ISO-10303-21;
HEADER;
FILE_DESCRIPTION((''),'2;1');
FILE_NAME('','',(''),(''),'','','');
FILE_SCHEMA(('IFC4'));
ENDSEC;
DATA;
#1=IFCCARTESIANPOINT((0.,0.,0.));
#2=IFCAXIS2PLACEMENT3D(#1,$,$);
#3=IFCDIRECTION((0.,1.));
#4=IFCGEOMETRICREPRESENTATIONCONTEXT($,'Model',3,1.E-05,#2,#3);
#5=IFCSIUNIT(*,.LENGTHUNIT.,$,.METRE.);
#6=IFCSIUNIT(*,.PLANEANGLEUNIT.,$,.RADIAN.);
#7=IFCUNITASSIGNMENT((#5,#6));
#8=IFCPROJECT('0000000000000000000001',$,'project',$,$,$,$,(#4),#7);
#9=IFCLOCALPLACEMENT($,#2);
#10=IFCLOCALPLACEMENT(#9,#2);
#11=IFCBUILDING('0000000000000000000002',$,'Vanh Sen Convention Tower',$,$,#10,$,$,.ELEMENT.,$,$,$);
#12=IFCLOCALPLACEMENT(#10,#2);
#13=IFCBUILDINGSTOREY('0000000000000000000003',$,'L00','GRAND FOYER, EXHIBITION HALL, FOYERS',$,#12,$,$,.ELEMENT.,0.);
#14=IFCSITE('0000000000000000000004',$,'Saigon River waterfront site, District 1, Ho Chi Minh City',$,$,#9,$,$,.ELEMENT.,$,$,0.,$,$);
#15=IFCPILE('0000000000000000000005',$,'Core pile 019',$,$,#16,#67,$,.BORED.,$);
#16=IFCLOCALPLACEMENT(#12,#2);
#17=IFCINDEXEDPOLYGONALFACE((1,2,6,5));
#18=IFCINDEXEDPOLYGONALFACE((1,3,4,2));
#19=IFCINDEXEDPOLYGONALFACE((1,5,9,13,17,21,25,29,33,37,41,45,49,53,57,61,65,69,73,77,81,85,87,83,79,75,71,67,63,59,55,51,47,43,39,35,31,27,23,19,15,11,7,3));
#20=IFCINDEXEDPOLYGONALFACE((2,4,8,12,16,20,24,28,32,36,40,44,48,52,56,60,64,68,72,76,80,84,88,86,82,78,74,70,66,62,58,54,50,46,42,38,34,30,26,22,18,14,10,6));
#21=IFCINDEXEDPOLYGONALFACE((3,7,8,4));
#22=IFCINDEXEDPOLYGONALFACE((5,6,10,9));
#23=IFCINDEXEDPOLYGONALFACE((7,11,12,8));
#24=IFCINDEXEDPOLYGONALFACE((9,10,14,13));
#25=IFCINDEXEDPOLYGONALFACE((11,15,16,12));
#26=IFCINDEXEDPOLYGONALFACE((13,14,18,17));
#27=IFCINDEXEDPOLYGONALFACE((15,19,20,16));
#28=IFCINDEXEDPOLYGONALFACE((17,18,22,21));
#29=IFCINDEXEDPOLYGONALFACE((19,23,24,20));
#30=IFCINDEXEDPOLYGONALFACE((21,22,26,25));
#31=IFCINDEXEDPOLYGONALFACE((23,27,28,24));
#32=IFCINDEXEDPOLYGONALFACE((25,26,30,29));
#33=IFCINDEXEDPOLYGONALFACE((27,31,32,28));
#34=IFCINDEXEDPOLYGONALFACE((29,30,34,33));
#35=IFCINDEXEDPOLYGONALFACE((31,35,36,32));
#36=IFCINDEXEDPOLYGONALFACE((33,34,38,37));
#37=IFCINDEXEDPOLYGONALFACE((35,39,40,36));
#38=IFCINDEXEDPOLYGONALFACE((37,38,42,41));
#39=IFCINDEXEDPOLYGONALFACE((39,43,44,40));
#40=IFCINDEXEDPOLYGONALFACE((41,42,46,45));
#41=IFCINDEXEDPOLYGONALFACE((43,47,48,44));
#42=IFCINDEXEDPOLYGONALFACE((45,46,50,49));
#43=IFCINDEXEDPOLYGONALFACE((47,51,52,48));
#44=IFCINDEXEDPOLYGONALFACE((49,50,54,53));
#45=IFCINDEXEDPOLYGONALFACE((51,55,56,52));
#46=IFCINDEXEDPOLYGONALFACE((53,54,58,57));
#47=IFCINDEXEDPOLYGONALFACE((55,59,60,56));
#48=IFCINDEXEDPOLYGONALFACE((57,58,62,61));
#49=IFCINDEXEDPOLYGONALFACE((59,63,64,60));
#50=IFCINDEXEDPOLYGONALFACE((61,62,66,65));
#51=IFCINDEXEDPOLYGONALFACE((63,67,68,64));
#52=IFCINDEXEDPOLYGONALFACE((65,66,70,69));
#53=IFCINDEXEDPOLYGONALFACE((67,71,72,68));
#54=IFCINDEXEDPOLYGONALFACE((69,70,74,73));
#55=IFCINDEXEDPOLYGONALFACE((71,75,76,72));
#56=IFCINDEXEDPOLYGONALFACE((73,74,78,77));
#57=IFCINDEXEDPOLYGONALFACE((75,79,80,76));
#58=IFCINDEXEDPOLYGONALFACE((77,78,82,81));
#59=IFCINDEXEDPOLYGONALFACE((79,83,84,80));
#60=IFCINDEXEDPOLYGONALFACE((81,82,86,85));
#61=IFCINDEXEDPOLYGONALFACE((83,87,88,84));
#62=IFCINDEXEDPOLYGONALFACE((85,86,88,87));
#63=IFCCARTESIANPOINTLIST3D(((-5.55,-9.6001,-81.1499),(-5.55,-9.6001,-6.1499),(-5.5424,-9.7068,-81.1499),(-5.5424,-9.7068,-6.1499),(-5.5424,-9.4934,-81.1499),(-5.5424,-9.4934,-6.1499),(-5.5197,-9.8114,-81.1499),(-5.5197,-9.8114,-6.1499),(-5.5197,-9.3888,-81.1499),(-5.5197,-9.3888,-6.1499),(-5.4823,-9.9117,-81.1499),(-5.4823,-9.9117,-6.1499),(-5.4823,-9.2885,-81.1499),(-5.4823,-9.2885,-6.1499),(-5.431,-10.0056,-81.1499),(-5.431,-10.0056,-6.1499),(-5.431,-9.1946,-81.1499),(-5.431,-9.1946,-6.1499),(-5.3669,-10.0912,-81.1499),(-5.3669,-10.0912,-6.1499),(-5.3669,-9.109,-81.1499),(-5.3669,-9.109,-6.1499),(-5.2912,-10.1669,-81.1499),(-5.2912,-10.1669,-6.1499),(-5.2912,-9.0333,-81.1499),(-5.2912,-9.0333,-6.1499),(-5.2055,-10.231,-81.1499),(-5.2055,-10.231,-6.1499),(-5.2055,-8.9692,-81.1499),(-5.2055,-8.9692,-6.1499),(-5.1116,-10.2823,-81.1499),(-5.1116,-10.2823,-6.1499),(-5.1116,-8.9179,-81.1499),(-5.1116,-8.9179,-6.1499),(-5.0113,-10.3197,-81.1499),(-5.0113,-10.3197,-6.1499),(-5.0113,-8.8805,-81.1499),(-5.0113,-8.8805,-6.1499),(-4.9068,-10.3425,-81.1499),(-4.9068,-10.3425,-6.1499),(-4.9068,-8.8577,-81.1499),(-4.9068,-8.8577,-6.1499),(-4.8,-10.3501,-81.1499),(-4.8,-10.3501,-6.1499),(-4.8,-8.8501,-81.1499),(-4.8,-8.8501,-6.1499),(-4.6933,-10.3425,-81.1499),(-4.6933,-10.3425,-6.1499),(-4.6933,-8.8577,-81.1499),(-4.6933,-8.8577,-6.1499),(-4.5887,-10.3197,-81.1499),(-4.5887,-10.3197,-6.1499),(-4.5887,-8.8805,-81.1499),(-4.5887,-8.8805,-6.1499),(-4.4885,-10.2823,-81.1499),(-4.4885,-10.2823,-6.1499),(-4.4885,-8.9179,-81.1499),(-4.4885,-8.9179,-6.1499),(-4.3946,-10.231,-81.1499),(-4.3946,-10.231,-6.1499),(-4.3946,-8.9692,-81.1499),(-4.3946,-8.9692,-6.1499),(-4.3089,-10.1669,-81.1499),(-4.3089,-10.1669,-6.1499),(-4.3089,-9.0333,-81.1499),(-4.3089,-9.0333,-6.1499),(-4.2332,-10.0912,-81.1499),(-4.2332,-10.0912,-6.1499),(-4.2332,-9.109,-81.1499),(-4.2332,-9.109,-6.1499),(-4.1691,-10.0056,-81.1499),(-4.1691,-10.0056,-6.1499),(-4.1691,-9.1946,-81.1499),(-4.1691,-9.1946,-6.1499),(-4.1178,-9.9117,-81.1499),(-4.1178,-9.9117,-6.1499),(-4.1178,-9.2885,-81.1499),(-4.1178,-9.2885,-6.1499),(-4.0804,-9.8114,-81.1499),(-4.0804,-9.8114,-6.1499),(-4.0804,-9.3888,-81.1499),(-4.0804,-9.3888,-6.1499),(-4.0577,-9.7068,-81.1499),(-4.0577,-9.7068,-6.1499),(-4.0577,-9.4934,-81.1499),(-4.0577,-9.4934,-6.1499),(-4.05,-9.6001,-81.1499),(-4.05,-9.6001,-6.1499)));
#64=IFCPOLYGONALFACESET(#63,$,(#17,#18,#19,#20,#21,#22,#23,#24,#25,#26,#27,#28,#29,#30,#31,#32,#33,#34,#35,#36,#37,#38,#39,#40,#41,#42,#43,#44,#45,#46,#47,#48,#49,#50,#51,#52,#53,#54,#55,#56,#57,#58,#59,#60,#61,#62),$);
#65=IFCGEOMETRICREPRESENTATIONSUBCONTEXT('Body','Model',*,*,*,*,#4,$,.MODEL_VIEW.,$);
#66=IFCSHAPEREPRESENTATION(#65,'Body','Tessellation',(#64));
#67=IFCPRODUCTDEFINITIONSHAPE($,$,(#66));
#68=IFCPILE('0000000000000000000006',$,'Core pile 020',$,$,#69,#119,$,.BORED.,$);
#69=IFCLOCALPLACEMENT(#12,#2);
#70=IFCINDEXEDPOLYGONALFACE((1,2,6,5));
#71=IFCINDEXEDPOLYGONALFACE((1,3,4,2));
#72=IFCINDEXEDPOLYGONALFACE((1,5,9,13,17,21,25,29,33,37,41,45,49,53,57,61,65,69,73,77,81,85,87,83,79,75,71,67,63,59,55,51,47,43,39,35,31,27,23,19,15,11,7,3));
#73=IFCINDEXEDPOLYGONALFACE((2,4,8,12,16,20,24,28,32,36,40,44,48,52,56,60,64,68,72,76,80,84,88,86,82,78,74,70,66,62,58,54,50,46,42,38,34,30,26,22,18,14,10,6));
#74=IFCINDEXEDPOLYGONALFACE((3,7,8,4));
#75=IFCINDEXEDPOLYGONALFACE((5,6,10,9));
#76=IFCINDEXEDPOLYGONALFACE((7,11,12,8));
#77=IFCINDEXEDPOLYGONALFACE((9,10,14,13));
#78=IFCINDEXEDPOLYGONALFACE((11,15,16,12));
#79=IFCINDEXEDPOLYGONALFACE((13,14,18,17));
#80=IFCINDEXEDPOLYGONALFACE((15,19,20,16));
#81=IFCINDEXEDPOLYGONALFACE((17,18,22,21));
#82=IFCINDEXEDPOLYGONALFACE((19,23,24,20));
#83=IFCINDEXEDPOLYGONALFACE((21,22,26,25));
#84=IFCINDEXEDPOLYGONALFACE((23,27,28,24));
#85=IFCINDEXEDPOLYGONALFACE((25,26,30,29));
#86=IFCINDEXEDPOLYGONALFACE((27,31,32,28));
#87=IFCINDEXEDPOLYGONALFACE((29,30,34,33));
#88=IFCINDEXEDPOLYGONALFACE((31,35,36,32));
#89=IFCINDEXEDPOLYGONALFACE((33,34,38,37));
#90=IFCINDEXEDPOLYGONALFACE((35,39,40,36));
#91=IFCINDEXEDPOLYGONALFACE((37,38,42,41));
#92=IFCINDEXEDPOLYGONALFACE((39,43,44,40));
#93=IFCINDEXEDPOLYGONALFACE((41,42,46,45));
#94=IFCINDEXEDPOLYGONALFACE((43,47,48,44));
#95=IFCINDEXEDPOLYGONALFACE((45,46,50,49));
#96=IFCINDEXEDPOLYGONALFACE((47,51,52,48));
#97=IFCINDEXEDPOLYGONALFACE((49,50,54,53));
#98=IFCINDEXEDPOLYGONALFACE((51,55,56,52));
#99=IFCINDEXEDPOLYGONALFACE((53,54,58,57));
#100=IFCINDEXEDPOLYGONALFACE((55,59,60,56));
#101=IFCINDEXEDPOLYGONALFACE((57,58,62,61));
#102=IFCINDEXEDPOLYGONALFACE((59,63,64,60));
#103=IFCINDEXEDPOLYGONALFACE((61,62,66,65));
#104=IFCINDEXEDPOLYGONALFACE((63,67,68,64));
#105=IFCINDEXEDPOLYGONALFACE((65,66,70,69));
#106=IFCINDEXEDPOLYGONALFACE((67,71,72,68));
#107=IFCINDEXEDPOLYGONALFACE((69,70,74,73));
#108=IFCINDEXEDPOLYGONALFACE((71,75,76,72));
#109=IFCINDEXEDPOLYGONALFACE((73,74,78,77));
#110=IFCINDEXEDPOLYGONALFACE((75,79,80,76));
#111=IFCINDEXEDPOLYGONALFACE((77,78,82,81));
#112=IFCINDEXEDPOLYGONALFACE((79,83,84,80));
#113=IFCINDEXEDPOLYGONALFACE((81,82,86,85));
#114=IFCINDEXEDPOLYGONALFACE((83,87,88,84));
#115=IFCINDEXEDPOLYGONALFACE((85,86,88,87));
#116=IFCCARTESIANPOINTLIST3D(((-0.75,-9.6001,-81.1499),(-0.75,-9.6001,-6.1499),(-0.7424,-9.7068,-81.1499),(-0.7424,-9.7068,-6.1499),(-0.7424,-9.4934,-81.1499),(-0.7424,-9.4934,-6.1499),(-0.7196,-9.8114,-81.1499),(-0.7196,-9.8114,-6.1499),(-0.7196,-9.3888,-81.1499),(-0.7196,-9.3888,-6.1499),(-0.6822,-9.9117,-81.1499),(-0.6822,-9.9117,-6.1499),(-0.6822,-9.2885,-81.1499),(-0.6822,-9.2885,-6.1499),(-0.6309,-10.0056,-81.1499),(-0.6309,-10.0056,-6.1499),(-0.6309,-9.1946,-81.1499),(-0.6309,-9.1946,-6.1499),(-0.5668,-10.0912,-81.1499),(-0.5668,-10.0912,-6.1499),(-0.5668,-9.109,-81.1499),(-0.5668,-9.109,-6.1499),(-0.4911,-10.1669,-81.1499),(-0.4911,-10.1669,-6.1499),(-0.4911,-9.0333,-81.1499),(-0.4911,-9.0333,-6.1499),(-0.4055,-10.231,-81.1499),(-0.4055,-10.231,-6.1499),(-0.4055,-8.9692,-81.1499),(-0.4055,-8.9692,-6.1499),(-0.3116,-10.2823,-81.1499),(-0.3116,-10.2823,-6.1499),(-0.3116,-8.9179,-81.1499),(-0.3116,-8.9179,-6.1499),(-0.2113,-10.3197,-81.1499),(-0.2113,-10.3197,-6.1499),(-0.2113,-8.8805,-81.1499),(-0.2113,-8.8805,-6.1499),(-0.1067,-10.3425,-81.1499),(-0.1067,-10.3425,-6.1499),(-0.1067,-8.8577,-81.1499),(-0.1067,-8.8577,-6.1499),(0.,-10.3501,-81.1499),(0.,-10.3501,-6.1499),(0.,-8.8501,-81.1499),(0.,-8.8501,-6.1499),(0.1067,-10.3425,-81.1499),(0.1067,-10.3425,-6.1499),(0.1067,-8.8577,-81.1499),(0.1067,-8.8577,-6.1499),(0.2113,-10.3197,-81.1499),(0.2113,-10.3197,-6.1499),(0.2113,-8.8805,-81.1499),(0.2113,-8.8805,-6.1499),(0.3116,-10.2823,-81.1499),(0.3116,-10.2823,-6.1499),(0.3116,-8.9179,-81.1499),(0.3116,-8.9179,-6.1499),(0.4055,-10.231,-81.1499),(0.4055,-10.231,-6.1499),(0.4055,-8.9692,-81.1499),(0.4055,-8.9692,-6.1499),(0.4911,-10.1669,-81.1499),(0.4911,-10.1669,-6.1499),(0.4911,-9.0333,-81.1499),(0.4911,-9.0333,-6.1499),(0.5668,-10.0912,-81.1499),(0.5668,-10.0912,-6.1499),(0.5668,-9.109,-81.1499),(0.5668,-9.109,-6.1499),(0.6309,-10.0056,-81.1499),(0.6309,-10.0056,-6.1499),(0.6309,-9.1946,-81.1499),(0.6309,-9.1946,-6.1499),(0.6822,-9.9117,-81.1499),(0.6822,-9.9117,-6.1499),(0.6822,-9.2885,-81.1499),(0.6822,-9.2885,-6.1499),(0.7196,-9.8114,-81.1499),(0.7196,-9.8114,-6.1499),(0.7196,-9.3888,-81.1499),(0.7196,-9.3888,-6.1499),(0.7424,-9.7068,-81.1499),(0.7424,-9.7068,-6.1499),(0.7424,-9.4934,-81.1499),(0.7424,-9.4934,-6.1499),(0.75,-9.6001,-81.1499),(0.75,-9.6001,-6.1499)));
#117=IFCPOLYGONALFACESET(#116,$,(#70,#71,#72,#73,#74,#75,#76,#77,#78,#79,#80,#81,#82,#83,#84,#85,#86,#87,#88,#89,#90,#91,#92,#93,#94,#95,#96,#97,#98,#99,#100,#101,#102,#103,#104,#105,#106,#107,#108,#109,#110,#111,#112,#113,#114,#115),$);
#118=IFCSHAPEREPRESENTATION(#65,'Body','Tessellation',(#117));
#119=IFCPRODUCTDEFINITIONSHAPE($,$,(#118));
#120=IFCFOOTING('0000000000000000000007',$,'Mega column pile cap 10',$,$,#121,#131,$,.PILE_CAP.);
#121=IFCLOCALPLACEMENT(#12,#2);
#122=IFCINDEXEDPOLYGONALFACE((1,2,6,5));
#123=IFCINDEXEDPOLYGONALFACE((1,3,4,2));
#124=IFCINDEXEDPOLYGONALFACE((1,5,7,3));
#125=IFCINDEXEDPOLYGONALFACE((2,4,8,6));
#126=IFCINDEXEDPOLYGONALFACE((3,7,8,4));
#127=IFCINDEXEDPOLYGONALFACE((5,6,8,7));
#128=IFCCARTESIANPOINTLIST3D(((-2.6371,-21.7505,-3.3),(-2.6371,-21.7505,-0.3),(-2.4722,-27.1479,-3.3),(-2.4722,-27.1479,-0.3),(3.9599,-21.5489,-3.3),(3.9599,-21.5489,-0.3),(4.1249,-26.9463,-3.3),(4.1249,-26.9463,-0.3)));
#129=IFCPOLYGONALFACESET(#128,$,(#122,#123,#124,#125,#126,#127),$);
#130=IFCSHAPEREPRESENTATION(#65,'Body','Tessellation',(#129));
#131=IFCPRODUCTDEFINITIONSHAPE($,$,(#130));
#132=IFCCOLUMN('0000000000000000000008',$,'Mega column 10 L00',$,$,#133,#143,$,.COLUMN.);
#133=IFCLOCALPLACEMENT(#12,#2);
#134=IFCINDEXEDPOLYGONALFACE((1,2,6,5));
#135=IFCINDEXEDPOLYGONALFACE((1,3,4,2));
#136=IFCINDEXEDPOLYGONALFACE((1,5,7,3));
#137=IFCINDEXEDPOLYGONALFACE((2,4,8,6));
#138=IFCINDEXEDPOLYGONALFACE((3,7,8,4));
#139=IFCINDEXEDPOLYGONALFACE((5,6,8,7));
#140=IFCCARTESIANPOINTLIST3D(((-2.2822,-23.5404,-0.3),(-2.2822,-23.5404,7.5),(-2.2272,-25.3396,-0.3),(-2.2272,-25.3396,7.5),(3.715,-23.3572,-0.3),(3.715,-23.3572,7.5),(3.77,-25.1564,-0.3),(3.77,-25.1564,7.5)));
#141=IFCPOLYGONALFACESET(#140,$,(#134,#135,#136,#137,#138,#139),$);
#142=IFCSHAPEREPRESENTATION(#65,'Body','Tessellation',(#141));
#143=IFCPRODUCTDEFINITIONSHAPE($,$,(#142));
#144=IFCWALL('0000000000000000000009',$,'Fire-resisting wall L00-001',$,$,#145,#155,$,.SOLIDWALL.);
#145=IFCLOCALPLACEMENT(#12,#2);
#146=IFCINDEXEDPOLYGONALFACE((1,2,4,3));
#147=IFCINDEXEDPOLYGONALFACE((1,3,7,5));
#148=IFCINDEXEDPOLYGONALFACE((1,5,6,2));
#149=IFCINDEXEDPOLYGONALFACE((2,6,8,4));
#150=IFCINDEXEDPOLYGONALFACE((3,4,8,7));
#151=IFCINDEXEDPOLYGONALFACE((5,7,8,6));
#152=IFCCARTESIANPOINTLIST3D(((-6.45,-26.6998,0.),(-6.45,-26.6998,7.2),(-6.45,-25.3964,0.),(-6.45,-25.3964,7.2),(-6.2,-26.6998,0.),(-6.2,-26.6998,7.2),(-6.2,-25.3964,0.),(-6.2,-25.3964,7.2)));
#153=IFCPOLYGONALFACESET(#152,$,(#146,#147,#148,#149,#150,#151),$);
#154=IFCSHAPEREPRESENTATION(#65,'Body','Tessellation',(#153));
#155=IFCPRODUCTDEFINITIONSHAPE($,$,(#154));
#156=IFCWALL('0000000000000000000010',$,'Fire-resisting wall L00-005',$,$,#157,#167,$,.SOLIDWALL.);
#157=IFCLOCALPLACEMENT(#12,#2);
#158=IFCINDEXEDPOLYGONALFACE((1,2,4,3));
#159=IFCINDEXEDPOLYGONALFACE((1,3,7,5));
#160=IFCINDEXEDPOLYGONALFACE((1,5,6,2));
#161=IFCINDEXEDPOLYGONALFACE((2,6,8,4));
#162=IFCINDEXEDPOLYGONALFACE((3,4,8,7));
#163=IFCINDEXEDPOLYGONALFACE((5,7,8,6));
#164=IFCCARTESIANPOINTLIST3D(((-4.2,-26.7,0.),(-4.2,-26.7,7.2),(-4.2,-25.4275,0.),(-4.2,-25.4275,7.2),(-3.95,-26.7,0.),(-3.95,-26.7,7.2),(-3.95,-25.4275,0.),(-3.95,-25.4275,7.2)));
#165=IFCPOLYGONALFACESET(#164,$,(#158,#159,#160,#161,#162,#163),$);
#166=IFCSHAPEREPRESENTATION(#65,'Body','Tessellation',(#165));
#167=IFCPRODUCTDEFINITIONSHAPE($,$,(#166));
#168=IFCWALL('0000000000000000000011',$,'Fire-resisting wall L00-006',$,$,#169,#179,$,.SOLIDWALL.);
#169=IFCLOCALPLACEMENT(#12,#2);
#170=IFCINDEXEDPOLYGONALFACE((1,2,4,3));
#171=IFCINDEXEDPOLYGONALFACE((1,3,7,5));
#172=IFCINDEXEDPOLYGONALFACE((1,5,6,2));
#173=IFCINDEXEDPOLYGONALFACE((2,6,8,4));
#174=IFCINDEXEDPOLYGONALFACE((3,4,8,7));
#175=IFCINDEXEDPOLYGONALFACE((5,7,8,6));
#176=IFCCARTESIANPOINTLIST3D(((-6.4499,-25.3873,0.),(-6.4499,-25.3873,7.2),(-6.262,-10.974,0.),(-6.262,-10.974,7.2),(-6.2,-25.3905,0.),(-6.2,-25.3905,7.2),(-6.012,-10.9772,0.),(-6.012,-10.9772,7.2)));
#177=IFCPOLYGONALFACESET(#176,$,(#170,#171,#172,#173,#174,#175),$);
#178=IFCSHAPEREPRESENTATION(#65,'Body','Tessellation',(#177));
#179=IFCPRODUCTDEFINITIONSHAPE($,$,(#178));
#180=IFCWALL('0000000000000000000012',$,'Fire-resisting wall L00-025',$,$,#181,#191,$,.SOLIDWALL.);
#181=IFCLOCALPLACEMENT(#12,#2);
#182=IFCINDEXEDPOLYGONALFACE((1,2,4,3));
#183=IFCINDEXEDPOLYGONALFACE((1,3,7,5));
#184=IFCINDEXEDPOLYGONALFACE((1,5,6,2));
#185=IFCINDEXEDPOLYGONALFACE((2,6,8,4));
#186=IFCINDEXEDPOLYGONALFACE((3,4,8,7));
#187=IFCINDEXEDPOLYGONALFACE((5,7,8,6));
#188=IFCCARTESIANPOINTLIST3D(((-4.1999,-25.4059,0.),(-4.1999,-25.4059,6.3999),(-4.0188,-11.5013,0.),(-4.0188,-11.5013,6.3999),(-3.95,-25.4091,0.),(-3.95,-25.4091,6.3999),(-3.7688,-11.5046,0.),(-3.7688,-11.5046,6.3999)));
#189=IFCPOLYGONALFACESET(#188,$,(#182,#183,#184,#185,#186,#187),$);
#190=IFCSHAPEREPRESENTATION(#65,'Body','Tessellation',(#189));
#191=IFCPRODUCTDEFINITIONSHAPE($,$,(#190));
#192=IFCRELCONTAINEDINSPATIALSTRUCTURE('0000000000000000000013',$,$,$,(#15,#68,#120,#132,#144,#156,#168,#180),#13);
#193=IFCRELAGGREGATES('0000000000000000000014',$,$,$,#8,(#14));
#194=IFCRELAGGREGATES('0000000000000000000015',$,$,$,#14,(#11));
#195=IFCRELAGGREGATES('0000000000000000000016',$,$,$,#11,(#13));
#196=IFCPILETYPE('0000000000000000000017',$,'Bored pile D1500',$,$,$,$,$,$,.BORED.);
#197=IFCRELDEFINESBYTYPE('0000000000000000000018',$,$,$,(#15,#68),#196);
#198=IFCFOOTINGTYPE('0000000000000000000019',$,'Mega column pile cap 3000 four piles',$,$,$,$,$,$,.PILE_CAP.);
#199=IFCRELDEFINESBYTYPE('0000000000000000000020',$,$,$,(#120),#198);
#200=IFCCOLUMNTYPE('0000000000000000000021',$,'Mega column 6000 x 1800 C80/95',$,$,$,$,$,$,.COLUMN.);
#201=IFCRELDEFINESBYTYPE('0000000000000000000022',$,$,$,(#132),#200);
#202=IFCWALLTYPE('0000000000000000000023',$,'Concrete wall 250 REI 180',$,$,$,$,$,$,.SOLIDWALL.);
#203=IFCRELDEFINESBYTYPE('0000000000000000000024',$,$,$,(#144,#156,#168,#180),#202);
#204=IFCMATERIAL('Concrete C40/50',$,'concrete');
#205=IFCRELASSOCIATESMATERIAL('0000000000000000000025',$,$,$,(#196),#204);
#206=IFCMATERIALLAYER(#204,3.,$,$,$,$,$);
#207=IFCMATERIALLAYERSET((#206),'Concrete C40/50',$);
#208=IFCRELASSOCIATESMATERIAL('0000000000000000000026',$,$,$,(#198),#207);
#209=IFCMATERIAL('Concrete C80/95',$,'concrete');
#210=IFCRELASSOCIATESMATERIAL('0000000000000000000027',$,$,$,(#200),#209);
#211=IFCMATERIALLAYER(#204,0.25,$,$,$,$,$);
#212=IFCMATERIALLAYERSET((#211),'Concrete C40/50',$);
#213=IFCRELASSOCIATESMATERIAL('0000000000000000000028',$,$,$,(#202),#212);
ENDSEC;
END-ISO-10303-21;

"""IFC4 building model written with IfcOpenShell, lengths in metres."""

from ifc_helpers import new_model, si_unit, direction, frame, frame_2d, origin, origin_2d, place, context, subcontext, project, spatial, rectangle, circle, extrude, material, layer, layer_set, material_profile, profile_set, type_object, element, save


model = new_model("IFC4")

# Units and contexts
model_context = context("Model", 3, precision=1e-05, world=origin(), true_north=direction((0.0, 1.0)))
body_context = subcontext(model_context, "Body", "Model", "MODEL_VIEW")
ifc_project = project(units=[si_unit("LENGTHUNIT", "METRE"), si_unit("PLANEANGLEUNIT", "RADIAN")], contexts=[model_context])

# Site, building, storey
site_placement = place(None, origin())
site = spatial("IfcSite", under=ifc_project, at=site_placement, Name="Saigon River waterfront site, District 1, Ho Chi Minh City", CompositionType="ELEMENT", RefElevation=0.0)
building_placement = place(site_placement, origin())
building = spatial("IfcBuilding", under=site, at=building_placement, Name="Vanh Sen Convention Tower", CompositionType="ELEMENT")
storey_placement = place(building_placement, origin())
storey = spatial("IfcBuildingStorey", under=building, at=storey_placement, Name="L00", Description="GRAND FOYER, EXHIBITION HALL, FOYERS", CompositionType="ELEMENT", Elevation=0.0)

# Piles
ifc_material_1 = material(Name="Concrete C40/50", Category="concrete")
ifc_material_profile_1 = material_profile(ifc_material_1, circle(Radius=0.75, at=origin_2d()), Name="Bored pile D1500")
ifc_profile_set_1 = profile_set([ifc_material_profile_1], Name="Concrete C40/50")
pile_type_1 = type_object("IfcPileType", Name="Bored pile D1500", PredefinedType="BORED", material=ifc_profile_set_1)
for number, where, z_axis, x_axis, name in (
    (1, (-4.8, -9.6001, -6.1499), (0.0, 0.0, -1.0), (1.0, 0.0, 0.0), "Core pile 019"),
    (2, (0.0, -9.6001, -6.1499), (0.0, 0.0, -1.0), (1.0, 0.0, 0.0), "Core pile 020"),
):
    element("IfcPile", number, at=place(storey_placement, frame(where, z_axis=z_axis, x_axis=x_axis)), inside=storey, type_object=pile_type_1, Name=name, PredefinedType="BORED", context=body_context, shape_type="SweptSolid", body=[
        extrude(circle(Radius=0.75, at=origin_2d()), origin(), (0.0, 0.0, 1.0), 75.0),
    ])

# Footing
ifc_layer_1 = layer(ifc_material_1, 3.0)
ifc_layer_set_1 = layer_set([ifc_layer_1], Name="Concrete C40/50")
footing_type = type_object("IfcFootingType", Name="Mega column pile cap 3000 four piles", PredefinedType="PILE_CAP", material=ifc_layer_set_1)
footing_placement = place(storey_placement, frame((0.7439, -24.3484, -3.3), z_axis=(0.0, 0.0, 1.0), x_axis=(0.999533, 0.030542, 0.0)))
element("IfcFooting", 3, at=footing_placement, inside=storey, type_object=footing_type, Name="Mega column pile cap 10", PredefinedType="PILE_CAP", context=body_context, shape_type="SweptSolid", body=[
    extrude(rectangle(XDim=6.6001, YDim=5.3999, at=origin_2d()), origin(), (0.0, 0.0, 1.0), 3.0),
])

# Column
ifc_material_2 = material(Name="Concrete C80/95", Category="concrete")
ifc_material_profile_2 = material_profile(ifc_material_2, rectangle(XDim=6.0, YDim=1.8, at=origin_2d()), Name="RC 6000X1800")
ifc_profile_set_2 = profile_set([ifc_material_profile_2], Name="Concrete C80/95")
column_type = type_object("IfcColumnType", Name="Mega column 6000 x 1800 C80/95", PredefinedType="COLUMN", material=ifc_profile_set_2)
column_placement = place(storey_placement, frame((0.7439, -24.3484, -0.3), z_axis=(0.0, 0.0, 1.0), x_axis=(0.999533, 0.030542, 0.0)))
element("IfcColumn", 4, at=column_placement, inside=storey, type_object=column_type, Name="Mega column 10 L00", PredefinedType="COLUMN", context=body_context, shape_type="SweptSolid", body=[
    extrude(rectangle(XDim=6.0, YDim=1.8, at=origin_2d()), origin(), (0.0, 0.0, 1.0), 7.8),
])

# Walls
ifc_layer_2 = layer(ifc_material_1, 0.25)
ifc_layer_set_2 = layer_set([ifc_layer_2], Name="Concrete C40/50")
wall_type_1 = type_object("IfcWallType", Name="Concrete wall 250 REI 180", PredefinedType="SOLIDWALL", material=ifc_layer_set_2)
wall_1_placement = place(storey_placement, frame((-6.325, -26.7, 0.0), z_axis=(0.0, 0.0, 1.0), x_axis=(0.0, 1.0, 0.0)))
element("IfcWall", 5, at=wall_1_placement, inside=storey, type_object=wall_type_1, Name="Fire-resisting wall L00-001", PredefinedType="SOLIDWALL", context=body_context, shape_type="SweptSolid", body=[
    extrude(rectangle(XDim=1.3035, YDim=0.25, at=frame_2d((0.6519, 0.0))), origin(), (0.0, 0.0, 1.0), 7.2),
])
wall_2_placement = place(storey_placement, frame((-4.075, -25.4275, 0.0), z_axis=(0.0, 0.0, 1.0), x_axis=(0.0, -1.0, 0.0)))
element("IfcWall", 6, at=wall_2_placement, inside=storey, type_object=wall_type_1, Name="Fire-resisting wall L00-005", PredefinedType="SOLIDWALL", context=body_context, shape_type="SweptSolid", body=[
    extrude(rectangle(XDim=1.2725, YDim=0.25, at=frame_2d((0.6362, 0.0))), origin(), (0.0, 0.0, 1.0), 7.2),
])
wall_3_placement = place(storey_placement, frame((-6.325, -25.3889, 0.0), z_axis=(0.0, 0.0, 1.0), x_axis=(0.013042, 0.999915, 0.0)))
element("IfcWall", 7, at=wall_3_placement, inside=storey, type_object=wall_type_1, Name="Fire-resisting wall L00-006", PredefinedType="SOLIDWALL", context=body_context, shape_type="SweptSolid", body=[
    extrude(rectangle(XDim=14.4146, YDim=0.25, at=frame_2d((7.2073, 0.0))), origin(), (0.0, 0.0, 1.0), 7.2),
])
wall_4_placement = place(storey_placement, frame((-3.8938, -11.5029, 0.0), z_axis=(0.0, 0.0, 1.0), x_axis=(-0.013027, -0.999915, 0.0)))
element("IfcWall", 8, at=wall_4_placement, inside=storey, type_object=wall_type_1, Name="Fire-resisting wall L00-025", PredefinedType="SOLIDWALL", context=body_context, shape_type="SweptSolid", body=[
    extrude(rectangle(XDim=13.9058, YDim=0.25, at=frame_2d((6.9529, 0.0))), origin(), (0.0, 0.0, 1.0), 6.3999),
])

save(model, "model.ifc")
